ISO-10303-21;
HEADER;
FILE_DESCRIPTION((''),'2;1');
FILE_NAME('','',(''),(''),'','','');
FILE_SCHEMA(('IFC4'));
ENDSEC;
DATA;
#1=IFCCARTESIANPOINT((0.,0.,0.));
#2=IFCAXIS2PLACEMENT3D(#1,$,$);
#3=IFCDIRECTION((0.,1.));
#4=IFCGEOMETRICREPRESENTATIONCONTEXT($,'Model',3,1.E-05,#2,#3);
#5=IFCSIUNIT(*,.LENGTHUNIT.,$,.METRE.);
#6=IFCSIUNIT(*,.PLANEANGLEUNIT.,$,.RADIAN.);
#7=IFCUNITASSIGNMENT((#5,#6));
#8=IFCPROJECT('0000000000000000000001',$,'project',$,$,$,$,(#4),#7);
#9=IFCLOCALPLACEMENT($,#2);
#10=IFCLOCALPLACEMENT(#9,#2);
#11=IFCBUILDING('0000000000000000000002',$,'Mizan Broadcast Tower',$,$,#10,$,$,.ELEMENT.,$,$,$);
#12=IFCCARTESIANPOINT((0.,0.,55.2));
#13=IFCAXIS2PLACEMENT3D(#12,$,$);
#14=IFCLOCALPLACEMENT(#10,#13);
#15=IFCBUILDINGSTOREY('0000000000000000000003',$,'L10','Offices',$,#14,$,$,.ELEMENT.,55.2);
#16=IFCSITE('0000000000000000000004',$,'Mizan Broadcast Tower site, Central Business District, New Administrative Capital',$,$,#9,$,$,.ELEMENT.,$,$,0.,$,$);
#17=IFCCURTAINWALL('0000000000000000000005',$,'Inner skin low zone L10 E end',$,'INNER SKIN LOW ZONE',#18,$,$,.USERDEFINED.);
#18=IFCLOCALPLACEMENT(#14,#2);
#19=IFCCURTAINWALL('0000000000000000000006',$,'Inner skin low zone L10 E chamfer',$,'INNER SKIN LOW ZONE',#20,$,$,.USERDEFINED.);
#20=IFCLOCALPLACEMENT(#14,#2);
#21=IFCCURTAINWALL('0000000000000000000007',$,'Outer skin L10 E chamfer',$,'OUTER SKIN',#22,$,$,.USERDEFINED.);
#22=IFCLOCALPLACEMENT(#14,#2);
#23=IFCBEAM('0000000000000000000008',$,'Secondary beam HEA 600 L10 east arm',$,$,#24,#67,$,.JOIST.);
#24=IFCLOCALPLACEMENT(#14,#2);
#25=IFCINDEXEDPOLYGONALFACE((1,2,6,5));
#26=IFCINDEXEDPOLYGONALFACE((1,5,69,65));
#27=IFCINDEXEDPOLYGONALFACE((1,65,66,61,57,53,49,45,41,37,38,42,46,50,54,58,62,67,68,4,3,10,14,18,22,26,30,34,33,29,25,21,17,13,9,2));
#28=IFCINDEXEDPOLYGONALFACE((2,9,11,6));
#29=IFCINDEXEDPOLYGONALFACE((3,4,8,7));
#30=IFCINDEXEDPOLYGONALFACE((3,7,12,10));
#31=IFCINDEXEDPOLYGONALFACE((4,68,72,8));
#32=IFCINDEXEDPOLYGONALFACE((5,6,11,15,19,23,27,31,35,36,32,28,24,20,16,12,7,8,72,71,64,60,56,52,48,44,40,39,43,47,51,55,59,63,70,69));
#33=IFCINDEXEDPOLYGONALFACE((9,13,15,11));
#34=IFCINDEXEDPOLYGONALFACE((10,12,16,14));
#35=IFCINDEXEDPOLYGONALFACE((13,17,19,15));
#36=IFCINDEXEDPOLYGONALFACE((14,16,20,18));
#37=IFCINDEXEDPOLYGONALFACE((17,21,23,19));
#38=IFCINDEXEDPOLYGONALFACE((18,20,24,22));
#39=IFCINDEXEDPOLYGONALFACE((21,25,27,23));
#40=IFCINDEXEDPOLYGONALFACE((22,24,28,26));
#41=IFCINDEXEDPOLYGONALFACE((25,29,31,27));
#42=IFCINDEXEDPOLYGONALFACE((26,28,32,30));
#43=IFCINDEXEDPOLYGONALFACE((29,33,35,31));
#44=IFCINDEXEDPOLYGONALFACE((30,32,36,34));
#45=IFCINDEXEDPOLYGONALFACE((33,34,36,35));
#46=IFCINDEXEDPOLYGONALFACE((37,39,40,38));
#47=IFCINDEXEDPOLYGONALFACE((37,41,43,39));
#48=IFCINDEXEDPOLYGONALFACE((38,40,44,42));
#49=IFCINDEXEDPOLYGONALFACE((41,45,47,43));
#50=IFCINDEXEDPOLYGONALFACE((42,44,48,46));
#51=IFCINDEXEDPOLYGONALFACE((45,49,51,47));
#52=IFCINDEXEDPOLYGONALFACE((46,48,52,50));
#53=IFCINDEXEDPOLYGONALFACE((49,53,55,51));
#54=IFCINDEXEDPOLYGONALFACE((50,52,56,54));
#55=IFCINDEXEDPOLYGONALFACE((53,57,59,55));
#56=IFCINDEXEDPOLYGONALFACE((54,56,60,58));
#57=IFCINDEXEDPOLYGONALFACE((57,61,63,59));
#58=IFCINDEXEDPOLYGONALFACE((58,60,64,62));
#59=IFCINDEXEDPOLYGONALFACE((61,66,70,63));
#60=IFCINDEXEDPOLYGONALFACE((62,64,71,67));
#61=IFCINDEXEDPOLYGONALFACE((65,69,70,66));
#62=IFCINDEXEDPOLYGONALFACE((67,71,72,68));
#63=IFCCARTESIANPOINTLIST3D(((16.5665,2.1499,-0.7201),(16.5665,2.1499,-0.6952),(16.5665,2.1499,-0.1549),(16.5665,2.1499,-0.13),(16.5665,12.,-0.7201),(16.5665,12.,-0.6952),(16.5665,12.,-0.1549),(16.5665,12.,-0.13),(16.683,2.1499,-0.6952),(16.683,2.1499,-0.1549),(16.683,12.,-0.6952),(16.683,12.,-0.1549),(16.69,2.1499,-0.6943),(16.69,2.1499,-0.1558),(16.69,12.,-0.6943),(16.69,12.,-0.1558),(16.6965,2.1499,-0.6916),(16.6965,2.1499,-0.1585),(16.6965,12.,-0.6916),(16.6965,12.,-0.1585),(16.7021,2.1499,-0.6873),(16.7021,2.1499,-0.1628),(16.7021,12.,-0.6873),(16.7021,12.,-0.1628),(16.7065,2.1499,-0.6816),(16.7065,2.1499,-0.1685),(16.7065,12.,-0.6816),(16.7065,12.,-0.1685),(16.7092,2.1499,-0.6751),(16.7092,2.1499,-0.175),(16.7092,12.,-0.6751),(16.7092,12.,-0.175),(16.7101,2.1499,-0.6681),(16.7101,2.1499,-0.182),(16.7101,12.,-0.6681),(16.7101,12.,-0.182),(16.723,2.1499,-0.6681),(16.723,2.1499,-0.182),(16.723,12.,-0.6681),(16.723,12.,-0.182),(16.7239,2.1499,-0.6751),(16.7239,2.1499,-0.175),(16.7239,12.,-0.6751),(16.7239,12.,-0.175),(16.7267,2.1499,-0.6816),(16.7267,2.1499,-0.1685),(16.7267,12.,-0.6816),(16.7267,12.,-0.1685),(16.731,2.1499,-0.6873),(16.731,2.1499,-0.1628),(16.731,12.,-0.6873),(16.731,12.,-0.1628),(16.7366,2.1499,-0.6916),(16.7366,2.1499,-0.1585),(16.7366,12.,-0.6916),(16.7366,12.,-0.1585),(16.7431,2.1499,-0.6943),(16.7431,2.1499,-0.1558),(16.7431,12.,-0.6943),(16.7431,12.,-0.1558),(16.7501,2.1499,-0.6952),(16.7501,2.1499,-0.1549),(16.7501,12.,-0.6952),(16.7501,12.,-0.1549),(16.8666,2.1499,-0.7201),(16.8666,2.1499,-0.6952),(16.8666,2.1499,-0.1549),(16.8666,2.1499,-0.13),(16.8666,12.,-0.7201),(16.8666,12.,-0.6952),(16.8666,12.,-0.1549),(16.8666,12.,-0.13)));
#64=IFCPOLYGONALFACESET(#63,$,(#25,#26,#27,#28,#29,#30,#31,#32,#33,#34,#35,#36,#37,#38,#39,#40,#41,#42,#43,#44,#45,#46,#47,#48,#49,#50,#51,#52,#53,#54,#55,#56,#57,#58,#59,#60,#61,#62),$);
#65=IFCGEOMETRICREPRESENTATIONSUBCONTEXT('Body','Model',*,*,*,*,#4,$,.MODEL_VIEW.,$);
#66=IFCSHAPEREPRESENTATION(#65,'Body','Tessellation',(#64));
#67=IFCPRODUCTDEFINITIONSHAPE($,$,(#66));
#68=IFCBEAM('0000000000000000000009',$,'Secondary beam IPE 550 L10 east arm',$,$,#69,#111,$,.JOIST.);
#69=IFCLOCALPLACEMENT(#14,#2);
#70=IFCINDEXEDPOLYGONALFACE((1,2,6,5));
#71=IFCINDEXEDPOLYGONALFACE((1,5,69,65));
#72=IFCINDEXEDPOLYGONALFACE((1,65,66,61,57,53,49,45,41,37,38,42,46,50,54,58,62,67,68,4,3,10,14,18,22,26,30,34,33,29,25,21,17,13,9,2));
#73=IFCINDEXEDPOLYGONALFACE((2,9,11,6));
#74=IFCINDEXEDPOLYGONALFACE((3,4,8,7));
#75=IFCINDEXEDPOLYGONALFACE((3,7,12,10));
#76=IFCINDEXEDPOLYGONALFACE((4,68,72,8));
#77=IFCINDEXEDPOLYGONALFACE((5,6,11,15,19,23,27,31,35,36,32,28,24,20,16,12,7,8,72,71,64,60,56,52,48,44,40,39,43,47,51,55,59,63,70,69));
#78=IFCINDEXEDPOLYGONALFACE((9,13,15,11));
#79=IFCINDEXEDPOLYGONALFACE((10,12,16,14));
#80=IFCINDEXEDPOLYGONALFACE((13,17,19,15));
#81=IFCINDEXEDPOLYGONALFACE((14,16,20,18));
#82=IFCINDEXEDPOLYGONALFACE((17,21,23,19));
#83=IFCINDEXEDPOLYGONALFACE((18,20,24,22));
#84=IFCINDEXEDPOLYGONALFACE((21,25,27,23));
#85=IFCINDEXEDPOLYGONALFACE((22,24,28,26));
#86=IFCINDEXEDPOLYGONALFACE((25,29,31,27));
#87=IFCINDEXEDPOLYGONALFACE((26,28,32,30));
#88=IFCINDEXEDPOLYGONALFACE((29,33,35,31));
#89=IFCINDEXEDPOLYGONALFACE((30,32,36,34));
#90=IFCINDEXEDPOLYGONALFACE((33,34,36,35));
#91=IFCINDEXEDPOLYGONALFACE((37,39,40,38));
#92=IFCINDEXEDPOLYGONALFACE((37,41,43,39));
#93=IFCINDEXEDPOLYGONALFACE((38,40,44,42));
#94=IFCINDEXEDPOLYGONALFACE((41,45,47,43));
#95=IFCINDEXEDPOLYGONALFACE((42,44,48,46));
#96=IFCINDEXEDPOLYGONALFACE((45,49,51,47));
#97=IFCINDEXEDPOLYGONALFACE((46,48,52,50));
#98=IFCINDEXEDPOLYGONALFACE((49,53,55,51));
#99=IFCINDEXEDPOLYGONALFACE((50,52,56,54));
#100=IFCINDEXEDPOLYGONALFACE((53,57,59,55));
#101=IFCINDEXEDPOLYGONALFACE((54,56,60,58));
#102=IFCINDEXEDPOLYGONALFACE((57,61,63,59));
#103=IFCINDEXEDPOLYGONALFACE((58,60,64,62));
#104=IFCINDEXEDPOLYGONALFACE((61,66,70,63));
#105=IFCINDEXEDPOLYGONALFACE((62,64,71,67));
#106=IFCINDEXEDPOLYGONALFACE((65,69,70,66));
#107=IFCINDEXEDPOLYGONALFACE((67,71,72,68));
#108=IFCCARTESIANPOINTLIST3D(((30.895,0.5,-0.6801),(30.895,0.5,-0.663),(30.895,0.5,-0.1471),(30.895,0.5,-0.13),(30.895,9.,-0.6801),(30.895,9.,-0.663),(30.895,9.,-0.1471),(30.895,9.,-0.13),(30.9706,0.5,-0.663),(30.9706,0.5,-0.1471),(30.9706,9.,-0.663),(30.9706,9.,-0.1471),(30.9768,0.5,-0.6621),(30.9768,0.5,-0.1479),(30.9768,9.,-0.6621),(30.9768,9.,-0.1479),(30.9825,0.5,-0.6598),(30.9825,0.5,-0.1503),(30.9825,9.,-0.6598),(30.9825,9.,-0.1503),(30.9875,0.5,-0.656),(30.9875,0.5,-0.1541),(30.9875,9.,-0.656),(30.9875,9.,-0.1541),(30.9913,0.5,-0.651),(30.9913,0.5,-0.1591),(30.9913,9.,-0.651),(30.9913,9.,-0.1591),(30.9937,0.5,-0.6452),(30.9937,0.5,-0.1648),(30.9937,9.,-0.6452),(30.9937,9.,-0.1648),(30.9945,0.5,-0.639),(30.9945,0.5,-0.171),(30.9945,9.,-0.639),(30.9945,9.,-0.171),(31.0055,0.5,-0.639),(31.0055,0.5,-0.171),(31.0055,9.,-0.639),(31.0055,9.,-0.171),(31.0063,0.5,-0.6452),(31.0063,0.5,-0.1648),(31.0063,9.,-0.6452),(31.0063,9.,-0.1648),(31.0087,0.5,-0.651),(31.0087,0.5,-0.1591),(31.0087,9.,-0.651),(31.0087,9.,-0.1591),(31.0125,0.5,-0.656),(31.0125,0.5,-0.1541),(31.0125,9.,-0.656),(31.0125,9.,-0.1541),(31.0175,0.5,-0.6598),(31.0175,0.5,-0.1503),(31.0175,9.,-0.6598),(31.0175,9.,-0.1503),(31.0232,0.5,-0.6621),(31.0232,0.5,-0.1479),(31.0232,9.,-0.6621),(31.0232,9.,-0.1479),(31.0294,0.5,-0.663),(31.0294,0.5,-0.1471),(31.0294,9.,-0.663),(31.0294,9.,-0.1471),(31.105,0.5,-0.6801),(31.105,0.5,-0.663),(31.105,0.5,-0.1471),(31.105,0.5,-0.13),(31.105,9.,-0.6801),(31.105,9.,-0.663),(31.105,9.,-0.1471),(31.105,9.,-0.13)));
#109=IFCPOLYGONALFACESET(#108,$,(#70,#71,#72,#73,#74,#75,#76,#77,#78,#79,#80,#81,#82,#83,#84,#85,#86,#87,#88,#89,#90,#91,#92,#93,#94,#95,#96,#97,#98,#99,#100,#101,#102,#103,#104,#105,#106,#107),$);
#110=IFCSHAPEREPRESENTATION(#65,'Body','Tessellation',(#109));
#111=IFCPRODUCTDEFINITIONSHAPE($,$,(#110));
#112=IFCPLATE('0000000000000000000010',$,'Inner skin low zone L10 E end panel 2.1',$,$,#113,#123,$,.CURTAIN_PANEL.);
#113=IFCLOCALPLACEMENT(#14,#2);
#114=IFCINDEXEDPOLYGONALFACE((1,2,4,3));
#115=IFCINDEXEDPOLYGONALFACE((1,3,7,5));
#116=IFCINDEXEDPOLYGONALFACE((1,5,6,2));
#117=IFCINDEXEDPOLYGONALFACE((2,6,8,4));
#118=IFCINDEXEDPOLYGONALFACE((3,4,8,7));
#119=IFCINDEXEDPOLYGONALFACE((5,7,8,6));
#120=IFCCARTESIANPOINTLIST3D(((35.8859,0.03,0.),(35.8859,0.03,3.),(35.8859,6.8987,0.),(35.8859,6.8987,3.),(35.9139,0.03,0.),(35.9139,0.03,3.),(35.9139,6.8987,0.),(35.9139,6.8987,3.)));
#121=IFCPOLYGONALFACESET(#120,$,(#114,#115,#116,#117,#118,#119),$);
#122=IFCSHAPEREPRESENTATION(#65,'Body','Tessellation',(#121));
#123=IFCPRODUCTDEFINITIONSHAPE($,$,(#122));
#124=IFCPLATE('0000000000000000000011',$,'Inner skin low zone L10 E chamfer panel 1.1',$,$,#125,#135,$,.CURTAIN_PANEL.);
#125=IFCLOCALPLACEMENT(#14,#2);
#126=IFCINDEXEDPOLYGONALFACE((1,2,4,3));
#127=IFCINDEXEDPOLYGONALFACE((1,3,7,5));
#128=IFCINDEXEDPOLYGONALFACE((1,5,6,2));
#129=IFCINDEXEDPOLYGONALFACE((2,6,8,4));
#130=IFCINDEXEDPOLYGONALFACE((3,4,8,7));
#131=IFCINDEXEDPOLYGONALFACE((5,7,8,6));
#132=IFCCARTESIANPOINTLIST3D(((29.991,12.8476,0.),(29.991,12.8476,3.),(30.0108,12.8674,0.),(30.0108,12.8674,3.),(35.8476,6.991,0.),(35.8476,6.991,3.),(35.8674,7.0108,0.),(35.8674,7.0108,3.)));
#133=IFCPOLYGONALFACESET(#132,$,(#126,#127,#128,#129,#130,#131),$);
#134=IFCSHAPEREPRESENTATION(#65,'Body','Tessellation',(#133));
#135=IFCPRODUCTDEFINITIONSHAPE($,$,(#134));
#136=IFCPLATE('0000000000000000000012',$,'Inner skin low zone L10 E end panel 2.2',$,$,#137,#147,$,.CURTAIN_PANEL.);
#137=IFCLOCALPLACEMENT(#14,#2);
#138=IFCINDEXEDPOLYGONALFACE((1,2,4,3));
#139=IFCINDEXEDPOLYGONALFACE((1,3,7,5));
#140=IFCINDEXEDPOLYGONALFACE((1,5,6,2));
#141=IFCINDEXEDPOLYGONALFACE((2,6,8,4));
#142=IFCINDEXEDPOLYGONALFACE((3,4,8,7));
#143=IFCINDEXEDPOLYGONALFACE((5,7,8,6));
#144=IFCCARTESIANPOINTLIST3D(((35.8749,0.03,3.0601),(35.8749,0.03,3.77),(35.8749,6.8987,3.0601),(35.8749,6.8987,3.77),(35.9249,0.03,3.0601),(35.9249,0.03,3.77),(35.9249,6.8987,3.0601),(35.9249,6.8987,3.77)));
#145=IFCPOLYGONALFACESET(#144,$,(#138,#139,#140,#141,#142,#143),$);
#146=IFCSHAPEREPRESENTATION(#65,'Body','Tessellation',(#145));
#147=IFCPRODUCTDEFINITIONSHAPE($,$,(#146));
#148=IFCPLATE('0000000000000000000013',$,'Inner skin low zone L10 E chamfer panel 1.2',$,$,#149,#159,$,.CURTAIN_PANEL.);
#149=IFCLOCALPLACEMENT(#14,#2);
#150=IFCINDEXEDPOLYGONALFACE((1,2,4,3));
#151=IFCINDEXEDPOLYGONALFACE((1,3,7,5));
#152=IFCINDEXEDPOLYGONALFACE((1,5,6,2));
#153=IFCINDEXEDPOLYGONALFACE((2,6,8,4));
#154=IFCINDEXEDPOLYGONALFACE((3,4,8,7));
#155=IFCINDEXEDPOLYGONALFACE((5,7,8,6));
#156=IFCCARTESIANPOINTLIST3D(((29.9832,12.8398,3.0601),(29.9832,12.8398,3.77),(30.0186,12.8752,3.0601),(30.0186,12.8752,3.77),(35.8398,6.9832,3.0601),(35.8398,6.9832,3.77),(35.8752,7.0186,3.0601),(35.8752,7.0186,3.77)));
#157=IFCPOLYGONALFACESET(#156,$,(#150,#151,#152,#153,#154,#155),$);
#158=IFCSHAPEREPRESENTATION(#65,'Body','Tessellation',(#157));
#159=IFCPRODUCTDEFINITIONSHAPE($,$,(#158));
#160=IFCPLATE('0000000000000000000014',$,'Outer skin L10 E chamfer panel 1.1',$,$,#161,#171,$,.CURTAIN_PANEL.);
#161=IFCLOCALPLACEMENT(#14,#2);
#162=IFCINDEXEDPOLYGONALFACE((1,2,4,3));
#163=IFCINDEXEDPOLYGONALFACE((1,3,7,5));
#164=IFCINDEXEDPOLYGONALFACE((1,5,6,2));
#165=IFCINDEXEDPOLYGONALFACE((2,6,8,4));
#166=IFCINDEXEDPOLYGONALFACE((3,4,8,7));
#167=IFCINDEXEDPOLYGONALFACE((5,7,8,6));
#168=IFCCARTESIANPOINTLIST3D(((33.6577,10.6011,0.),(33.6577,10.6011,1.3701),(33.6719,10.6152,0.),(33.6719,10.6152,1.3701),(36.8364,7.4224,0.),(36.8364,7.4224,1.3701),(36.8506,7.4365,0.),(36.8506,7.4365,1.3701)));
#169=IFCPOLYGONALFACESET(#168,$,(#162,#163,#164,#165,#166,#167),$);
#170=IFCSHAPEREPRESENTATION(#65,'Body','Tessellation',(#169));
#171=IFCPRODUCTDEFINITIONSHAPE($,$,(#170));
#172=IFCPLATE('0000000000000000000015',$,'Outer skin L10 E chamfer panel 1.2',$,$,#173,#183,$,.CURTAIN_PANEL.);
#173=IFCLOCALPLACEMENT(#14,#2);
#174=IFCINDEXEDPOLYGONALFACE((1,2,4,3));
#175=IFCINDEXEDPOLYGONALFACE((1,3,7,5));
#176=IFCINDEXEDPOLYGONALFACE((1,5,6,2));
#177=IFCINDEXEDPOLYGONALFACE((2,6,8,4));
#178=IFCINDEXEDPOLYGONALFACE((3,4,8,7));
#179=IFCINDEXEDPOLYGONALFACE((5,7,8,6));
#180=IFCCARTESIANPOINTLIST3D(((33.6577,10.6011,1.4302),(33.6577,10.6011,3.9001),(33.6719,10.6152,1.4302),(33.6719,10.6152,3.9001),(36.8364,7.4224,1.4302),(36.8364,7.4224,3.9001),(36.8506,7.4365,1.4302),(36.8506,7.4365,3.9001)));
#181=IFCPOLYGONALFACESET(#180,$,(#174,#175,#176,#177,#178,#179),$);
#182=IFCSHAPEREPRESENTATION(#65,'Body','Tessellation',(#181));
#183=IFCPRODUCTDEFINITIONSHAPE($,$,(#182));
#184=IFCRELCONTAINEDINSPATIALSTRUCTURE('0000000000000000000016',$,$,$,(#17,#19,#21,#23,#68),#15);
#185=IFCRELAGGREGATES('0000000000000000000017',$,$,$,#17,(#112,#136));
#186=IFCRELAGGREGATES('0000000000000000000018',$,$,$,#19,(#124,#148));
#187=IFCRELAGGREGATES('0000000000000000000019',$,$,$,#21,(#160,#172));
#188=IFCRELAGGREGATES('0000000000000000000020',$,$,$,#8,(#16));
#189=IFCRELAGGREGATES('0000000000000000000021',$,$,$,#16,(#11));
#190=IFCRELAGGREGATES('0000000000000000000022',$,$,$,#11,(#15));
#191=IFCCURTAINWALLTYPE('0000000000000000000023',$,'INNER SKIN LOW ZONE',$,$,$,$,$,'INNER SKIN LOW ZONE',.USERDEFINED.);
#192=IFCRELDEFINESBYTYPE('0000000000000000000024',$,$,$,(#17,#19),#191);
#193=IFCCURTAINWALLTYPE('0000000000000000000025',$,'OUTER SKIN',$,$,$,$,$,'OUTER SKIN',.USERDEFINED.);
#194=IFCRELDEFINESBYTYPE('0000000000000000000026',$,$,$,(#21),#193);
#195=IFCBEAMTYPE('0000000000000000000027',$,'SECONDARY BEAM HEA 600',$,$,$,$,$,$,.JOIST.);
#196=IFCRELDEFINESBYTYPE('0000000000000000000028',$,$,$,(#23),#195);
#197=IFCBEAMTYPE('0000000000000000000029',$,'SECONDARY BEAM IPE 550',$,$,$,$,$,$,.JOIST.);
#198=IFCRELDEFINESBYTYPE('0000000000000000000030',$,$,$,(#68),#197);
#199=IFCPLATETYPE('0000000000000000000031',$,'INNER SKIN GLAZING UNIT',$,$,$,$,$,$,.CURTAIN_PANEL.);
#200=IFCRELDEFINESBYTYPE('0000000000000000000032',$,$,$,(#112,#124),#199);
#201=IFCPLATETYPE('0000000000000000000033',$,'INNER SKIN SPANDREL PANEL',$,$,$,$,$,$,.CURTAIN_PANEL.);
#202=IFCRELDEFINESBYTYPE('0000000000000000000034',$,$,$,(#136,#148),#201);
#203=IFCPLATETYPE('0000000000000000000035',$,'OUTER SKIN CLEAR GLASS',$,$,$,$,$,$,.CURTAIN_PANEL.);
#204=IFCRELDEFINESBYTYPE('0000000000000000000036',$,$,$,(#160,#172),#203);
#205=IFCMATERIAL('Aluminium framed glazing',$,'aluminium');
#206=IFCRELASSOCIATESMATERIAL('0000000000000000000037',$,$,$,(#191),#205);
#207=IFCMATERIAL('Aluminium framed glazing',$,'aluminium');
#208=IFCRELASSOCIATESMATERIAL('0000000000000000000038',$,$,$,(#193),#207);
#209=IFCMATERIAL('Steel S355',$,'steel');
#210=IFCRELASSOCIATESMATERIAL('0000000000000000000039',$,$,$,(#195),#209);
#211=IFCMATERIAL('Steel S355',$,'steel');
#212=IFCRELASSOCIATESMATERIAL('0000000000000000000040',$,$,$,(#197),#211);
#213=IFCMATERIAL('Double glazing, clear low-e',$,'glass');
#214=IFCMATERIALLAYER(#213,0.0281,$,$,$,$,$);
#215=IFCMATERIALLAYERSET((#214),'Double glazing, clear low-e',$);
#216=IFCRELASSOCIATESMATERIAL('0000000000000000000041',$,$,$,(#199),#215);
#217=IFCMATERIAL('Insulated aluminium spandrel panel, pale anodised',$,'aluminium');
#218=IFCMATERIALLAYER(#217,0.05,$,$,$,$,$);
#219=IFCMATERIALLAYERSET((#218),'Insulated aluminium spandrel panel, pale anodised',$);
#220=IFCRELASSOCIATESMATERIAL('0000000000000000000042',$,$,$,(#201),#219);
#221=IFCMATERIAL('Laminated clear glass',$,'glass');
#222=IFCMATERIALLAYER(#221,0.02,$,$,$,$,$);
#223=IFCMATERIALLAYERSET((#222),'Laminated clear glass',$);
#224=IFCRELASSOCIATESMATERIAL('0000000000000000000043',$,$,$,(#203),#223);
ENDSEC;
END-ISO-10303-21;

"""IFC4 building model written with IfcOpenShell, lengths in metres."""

from ifc_helpers import new_model, si_unit, direction, frame, origin, origin_2d, place, context, subcontext, project, spatial, rectangle, i_section, extrude, material, layer, layer_set, material_profile, profile_set, type_object, element, aggregate, save


model = new_model("IFC4")

# Units and contexts
model_context = context("Model", 3, precision=1e-05, world=origin(), true_north=direction((0.0, 1.0)))
body_context = subcontext(model_context, "Body", "Model", "MODEL_VIEW")
ifc_project = project(units=[si_unit("LENGTHUNIT", "METRE"), si_unit("PLANEANGLEUNIT", "RADIAN")], contexts=[model_context])

# Site, building, storey
site_placement = place(None, origin())
site = spatial("IfcSite", under=ifc_project, at=site_placement, Name="Mizan Broadcast Tower site, Central Business District, New Administrative Capital", CompositionType="ELEMENT", RefElevation=0.0)
building_placement = place(site_placement, origin())
building = spatial("IfcBuilding", under=site, at=building_placement, Name="Mizan Broadcast Tower", CompositionType="ELEMENT")
storey_placement = place(building_placement, frame((0.0, 0.0, 55.2)))
storey = spatial("IfcBuildingStorey", under=building, at=storey_placement, Name="L10", Description="Offices", CompositionType="ELEMENT", Elevation=55.2)

# Curtain wall
ifc_material_1 = material(Name="Aluminium framed glazing", Category="aluminium")
curtain_wall_type_1 = type_object("IfcCurtainWallType", Name="INNER SKIN LOW ZONE", ElementType="INNER SKIN LOW ZONE", PredefinedType="USERDEFINED", material=ifc_material_1)
curtain_wall_1_placement = place(storey_placement, origin())
curtain_wall_1 = element("IfcCurtainWall", 1, at=curtain_wall_1_placement, inside=storey, type_object=curtain_wall_type_1, Name="Inner skin low zone L10 E end", ObjectType="INNER SKIN LOW ZONE", PredefinedType="USERDEFINED")

# Curtain wall
curtain_wall_2_placement = place(storey_placement, origin())
curtain_wall_2 = element("IfcCurtainWall", 2, at=curtain_wall_2_placement, inside=storey, type_object=curtain_wall_type_1, Name="Inner skin low zone L10 E chamfer", ObjectType="INNER SKIN LOW ZONE", PredefinedType="USERDEFINED")

# Shared definitions
ifc_material_2 = material(Name="Aluminium framed glazing", Category="aluminium")
curtain_wall_type_2 = type_object("IfcCurtainWallType", Name="OUTER SKIN", ElementType="OUTER SKIN", PredefinedType="USERDEFINED", material=ifc_material_2)

# Curtain wall
curtain_wall_3_placement = place(storey_placement, origin())
curtain_wall_3 = element("IfcCurtainWall", 3, at=curtain_wall_3_placement, inside=storey, type_object=curtain_wall_type_2, Name="Outer skin L10 E chamfer", ObjectType="OUTER SKIN", PredefinedType="USERDEFINED")

# Beams
ifc_material_3 = material(Name="Steel S355", Category="steel")
ifc_material_profile_1 = material_profile(ifc_material_3, i_section(OverallWidth=0.3, OverallDepth=0.5901, WebThickness=0.0129, FlangeThickness=0.0249, FilletRadius=0.0271, at=origin_2d()), Name="HEA 600")
ifc_profile_set_1 = profile_set([ifc_material_profile_1], Name="Steel S355")
beam_type_1 = type_object("IfcBeamType", Name="SECONDARY BEAM HEA 600", PredefinedType="JOIST", material=ifc_profile_set_1)
for number, where, z_axis, x_axis, name in (
    (4, (16.7166, 12.0, -0.425), (0.0, -1.0, 0.0), (1.0, 0.0, 0.0), "Secondary beam HEA 600 L10 east arm"),
):
    element("IfcBeam", number, at=place(storey_placement, frame(where, z_axis=z_axis, x_axis=x_axis)), inside=storey, type_object=beam_type_1, Name=name, PredefinedType="JOIST", context=body_context, shape_type="SweptSolid", body=[
        extrude(i_section(OverallWidth=0.3, OverallDepth=0.5901, WebThickness=0.0129, FlangeThickness=0.0249, FilletRadius=0.0271, at=origin_2d()), origin(), (0.0, 0.0, 1.0), 9.8501),
    ])
ifc_material_4 = material(Name="Steel S355", Category="steel")
ifc_material_profile_2 = material_profile(ifc_material_4, i_section(OverallWidth=0.21, OverallDepth=0.55, WebThickness=0.011, FlangeThickness=0.0171, FilletRadius=0.0239, at=origin_2d()), Name="IPE 550")
ifc_profile_set_2 = profile_set([ifc_material_profile_2], Name="Steel S355")
beam_type_2 = type_object("IfcBeamType", Name="SECONDARY BEAM IPE 550", PredefinedType="JOIST", material=ifc_profile_set_2)
beam_1_placement = place(storey_placement, frame((31.0, 9.0, -0.405), z_axis=(0.0, -1.0, 0.0), x_axis=(1.0, 0.0, 0.0)))
element("IfcBeam", 5, at=beam_1_placement, inside=storey, type_object=beam_type_2, Name="Secondary beam IPE 550 L10 east arm", PredefinedType="JOIST", context=body_context, shape_type="SweptSolid", body=[
    extrude(i_section(OverallWidth=0.21, OverallDepth=0.55, WebThickness=0.011, FlangeThickness=0.0171, FilletRadius=0.0239, at=origin_2d()), origin(), (0.0, 0.0, 1.0), 8.5),
])

# Plates
ifc_material_5 = material(Name="Double glazing, clear low-e", Category="glass")
ifc_layer_1 = layer(ifc_material_5, 0.0281)
ifc_layer_set_1 = layer_set([ifc_layer_1], Name="Double glazing, clear low-e")
plate_type_1 = type_object("IfcPlateType", Name="INNER SKIN GLAZING UNIT", PredefinedType="CURTAIN_PANEL", material=ifc_layer_set_1)
plate_1_placement = place(storey_placement, frame((35.8999, 3.4644, 0.0), z_axis=(0.0, 0.0, 1.0), x_axis=(0.0, 1.0, 0.0)))
plate_1 = element("IfcPlate", 6, at=plate_1_placement, type_object=plate_type_1, Name="Inner skin low zone L10 E end panel 2.1", PredefinedType="CURTAIN_PANEL", context=body_context, shape_type="SweptSolid", body=[
    extrude(rectangle(XDim=6.8687, YDim=0.0281, at=origin_2d()), origin(), (0.0, 0.0, 1.0), 3.0),
])
plate_2_placement = place(storey_placement, frame((32.9292, 9.9292, 0.0), z_axis=(0.0, 0.0, 1.0), x_axis=(-0.707107, 0.707107, 0.0)))
plate_2 = element("IfcPlate", 7, at=plate_2_placement, type_object=plate_type_1, Name="Inner skin low zone L10 E chamfer panel 1.1", PredefinedType="CURTAIN_PANEL", context=body_context, shape_type="SweptSolid", body=[
    extrude(rectangle(XDim=8.2825, YDim=0.0281, at=origin_2d()), origin(), (0.0, 0.0, 1.0), 3.0),
])
ifc_material_6 = material(Name="Insulated aluminium spandrel panel, pale anodised", Category="aluminium")
ifc_layer_2 = layer(ifc_material_6, 0.05)
ifc_layer_set_2 = layer_set([ifc_layer_2], Name="Insulated aluminium spandrel panel, pale anodised")
plate_type_2 = type_object("IfcPlateType", Name="INNER SKIN SPANDREL PANEL", PredefinedType="CURTAIN_PANEL", material=ifc_layer_set_2)
plate_3_placement = place(storey_placement, frame((35.8999, 3.4644, 3.0601), z_axis=(0.0, 0.0, 1.0), x_axis=(0.0, 1.0, 0.0)))
plate_3 = element("IfcPlate", 8, at=plate_3_placement, type_object=plate_type_2, Name="Inner skin low zone L10 E end panel 2.2", PredefinedType="CURTAIN_PANEL", context=body_context, shape_type="SweptSolid", body=[
    extrude(rectangle(XDim=6.8687, YDim=0.05, at=origin_2d()), origin(), (0.0, 0.0, 1.0), 0.71),
])
aggregate(curtain_wall_1, [plate_1, plate_3])
plate_4_placement = place(storey_placement, frame((32.9292, 9.9292, 3.0601), z_axis=(0.0, 0.0, 1.0), x_axis=(-0.707107, 0.707107, 0.0)))
plate_4 = element("IfcPlate", 9, at=plate_4_placement, type_object=plate_type_2, Name="Inner skin low zone L10 E chamfer panel 1.2", PredefinedType="CURTAIN_PANEL", context=body_context, shape_type="SweptSolid", body=[
    extrude(rectangle(XDim=8.2825, YDim=0.05, at=origin_2d()), origin(), (0.0, 0.0, 1.0), 0.71),
])
aggregate(curtain_wall_2, [plate_2, plate_4])
ifc_material_7 = material(Name="Laminated clear glass", Category="glass")
ifc_layer_3 = layer(ifc_material_7, 0.02)
ifc_layer_set_3 = layer_set([ifc_layer_3], Name="Laminated clear glass")
plate_type_3 = type_object("IfcPlateType", Name="OUTER SKIN CLEAR GLASS", PredefinedType="CURTAIN_PANEL", material=ifc_layer_set_3)
plate_5_placement = place(storey_placement, frame((35.2542, 9.0188, 0.0), z_axis=(0.0, 0.0, 1.0), x_axis=(-0.707107, 0.707107, 0.0)))
plate_5 = element("IfcPlate", 10, at=plate_5_placement, type_object=plate_type_3, Name="Outer skin L10 E chamfer panel 1.1", PredefinedType="CURTAIN_PANEL", context=body_context, shape_type="SweptSolid", body=[
    extrude(rectangle(XDim=4.4954, YDim=0.02, at=origin_2d()), origin(), (0.0, 0.0, 1.0), 1.3701),
])
plate_6_placement = place(storey_placement, frame((35.2542, 9.0188, 1.4302), z_axis=(0.0, 0.0, 1.0), x_axis=(-0.707107, 0.707107, 0.0)))
plate_6 = element("IfcPlate", 11, at=plate_6_placement, type_object=plate_type_3, Name="Outer skin L10 E chamfer panel 1.2", PredefinedType="CURTAIN_PANEL", context=body_context, shape_type="SweptSolid", body=[
    extrude(rectangle(XDim=4.4954, YDim=0.02, at=origin_2d()), origin(), (0.0, 0.0, 1.0), 2.47),
])
aggregate(curtain_wall_3, [plate_5, plate_6])

save(model, "model.ifc")
